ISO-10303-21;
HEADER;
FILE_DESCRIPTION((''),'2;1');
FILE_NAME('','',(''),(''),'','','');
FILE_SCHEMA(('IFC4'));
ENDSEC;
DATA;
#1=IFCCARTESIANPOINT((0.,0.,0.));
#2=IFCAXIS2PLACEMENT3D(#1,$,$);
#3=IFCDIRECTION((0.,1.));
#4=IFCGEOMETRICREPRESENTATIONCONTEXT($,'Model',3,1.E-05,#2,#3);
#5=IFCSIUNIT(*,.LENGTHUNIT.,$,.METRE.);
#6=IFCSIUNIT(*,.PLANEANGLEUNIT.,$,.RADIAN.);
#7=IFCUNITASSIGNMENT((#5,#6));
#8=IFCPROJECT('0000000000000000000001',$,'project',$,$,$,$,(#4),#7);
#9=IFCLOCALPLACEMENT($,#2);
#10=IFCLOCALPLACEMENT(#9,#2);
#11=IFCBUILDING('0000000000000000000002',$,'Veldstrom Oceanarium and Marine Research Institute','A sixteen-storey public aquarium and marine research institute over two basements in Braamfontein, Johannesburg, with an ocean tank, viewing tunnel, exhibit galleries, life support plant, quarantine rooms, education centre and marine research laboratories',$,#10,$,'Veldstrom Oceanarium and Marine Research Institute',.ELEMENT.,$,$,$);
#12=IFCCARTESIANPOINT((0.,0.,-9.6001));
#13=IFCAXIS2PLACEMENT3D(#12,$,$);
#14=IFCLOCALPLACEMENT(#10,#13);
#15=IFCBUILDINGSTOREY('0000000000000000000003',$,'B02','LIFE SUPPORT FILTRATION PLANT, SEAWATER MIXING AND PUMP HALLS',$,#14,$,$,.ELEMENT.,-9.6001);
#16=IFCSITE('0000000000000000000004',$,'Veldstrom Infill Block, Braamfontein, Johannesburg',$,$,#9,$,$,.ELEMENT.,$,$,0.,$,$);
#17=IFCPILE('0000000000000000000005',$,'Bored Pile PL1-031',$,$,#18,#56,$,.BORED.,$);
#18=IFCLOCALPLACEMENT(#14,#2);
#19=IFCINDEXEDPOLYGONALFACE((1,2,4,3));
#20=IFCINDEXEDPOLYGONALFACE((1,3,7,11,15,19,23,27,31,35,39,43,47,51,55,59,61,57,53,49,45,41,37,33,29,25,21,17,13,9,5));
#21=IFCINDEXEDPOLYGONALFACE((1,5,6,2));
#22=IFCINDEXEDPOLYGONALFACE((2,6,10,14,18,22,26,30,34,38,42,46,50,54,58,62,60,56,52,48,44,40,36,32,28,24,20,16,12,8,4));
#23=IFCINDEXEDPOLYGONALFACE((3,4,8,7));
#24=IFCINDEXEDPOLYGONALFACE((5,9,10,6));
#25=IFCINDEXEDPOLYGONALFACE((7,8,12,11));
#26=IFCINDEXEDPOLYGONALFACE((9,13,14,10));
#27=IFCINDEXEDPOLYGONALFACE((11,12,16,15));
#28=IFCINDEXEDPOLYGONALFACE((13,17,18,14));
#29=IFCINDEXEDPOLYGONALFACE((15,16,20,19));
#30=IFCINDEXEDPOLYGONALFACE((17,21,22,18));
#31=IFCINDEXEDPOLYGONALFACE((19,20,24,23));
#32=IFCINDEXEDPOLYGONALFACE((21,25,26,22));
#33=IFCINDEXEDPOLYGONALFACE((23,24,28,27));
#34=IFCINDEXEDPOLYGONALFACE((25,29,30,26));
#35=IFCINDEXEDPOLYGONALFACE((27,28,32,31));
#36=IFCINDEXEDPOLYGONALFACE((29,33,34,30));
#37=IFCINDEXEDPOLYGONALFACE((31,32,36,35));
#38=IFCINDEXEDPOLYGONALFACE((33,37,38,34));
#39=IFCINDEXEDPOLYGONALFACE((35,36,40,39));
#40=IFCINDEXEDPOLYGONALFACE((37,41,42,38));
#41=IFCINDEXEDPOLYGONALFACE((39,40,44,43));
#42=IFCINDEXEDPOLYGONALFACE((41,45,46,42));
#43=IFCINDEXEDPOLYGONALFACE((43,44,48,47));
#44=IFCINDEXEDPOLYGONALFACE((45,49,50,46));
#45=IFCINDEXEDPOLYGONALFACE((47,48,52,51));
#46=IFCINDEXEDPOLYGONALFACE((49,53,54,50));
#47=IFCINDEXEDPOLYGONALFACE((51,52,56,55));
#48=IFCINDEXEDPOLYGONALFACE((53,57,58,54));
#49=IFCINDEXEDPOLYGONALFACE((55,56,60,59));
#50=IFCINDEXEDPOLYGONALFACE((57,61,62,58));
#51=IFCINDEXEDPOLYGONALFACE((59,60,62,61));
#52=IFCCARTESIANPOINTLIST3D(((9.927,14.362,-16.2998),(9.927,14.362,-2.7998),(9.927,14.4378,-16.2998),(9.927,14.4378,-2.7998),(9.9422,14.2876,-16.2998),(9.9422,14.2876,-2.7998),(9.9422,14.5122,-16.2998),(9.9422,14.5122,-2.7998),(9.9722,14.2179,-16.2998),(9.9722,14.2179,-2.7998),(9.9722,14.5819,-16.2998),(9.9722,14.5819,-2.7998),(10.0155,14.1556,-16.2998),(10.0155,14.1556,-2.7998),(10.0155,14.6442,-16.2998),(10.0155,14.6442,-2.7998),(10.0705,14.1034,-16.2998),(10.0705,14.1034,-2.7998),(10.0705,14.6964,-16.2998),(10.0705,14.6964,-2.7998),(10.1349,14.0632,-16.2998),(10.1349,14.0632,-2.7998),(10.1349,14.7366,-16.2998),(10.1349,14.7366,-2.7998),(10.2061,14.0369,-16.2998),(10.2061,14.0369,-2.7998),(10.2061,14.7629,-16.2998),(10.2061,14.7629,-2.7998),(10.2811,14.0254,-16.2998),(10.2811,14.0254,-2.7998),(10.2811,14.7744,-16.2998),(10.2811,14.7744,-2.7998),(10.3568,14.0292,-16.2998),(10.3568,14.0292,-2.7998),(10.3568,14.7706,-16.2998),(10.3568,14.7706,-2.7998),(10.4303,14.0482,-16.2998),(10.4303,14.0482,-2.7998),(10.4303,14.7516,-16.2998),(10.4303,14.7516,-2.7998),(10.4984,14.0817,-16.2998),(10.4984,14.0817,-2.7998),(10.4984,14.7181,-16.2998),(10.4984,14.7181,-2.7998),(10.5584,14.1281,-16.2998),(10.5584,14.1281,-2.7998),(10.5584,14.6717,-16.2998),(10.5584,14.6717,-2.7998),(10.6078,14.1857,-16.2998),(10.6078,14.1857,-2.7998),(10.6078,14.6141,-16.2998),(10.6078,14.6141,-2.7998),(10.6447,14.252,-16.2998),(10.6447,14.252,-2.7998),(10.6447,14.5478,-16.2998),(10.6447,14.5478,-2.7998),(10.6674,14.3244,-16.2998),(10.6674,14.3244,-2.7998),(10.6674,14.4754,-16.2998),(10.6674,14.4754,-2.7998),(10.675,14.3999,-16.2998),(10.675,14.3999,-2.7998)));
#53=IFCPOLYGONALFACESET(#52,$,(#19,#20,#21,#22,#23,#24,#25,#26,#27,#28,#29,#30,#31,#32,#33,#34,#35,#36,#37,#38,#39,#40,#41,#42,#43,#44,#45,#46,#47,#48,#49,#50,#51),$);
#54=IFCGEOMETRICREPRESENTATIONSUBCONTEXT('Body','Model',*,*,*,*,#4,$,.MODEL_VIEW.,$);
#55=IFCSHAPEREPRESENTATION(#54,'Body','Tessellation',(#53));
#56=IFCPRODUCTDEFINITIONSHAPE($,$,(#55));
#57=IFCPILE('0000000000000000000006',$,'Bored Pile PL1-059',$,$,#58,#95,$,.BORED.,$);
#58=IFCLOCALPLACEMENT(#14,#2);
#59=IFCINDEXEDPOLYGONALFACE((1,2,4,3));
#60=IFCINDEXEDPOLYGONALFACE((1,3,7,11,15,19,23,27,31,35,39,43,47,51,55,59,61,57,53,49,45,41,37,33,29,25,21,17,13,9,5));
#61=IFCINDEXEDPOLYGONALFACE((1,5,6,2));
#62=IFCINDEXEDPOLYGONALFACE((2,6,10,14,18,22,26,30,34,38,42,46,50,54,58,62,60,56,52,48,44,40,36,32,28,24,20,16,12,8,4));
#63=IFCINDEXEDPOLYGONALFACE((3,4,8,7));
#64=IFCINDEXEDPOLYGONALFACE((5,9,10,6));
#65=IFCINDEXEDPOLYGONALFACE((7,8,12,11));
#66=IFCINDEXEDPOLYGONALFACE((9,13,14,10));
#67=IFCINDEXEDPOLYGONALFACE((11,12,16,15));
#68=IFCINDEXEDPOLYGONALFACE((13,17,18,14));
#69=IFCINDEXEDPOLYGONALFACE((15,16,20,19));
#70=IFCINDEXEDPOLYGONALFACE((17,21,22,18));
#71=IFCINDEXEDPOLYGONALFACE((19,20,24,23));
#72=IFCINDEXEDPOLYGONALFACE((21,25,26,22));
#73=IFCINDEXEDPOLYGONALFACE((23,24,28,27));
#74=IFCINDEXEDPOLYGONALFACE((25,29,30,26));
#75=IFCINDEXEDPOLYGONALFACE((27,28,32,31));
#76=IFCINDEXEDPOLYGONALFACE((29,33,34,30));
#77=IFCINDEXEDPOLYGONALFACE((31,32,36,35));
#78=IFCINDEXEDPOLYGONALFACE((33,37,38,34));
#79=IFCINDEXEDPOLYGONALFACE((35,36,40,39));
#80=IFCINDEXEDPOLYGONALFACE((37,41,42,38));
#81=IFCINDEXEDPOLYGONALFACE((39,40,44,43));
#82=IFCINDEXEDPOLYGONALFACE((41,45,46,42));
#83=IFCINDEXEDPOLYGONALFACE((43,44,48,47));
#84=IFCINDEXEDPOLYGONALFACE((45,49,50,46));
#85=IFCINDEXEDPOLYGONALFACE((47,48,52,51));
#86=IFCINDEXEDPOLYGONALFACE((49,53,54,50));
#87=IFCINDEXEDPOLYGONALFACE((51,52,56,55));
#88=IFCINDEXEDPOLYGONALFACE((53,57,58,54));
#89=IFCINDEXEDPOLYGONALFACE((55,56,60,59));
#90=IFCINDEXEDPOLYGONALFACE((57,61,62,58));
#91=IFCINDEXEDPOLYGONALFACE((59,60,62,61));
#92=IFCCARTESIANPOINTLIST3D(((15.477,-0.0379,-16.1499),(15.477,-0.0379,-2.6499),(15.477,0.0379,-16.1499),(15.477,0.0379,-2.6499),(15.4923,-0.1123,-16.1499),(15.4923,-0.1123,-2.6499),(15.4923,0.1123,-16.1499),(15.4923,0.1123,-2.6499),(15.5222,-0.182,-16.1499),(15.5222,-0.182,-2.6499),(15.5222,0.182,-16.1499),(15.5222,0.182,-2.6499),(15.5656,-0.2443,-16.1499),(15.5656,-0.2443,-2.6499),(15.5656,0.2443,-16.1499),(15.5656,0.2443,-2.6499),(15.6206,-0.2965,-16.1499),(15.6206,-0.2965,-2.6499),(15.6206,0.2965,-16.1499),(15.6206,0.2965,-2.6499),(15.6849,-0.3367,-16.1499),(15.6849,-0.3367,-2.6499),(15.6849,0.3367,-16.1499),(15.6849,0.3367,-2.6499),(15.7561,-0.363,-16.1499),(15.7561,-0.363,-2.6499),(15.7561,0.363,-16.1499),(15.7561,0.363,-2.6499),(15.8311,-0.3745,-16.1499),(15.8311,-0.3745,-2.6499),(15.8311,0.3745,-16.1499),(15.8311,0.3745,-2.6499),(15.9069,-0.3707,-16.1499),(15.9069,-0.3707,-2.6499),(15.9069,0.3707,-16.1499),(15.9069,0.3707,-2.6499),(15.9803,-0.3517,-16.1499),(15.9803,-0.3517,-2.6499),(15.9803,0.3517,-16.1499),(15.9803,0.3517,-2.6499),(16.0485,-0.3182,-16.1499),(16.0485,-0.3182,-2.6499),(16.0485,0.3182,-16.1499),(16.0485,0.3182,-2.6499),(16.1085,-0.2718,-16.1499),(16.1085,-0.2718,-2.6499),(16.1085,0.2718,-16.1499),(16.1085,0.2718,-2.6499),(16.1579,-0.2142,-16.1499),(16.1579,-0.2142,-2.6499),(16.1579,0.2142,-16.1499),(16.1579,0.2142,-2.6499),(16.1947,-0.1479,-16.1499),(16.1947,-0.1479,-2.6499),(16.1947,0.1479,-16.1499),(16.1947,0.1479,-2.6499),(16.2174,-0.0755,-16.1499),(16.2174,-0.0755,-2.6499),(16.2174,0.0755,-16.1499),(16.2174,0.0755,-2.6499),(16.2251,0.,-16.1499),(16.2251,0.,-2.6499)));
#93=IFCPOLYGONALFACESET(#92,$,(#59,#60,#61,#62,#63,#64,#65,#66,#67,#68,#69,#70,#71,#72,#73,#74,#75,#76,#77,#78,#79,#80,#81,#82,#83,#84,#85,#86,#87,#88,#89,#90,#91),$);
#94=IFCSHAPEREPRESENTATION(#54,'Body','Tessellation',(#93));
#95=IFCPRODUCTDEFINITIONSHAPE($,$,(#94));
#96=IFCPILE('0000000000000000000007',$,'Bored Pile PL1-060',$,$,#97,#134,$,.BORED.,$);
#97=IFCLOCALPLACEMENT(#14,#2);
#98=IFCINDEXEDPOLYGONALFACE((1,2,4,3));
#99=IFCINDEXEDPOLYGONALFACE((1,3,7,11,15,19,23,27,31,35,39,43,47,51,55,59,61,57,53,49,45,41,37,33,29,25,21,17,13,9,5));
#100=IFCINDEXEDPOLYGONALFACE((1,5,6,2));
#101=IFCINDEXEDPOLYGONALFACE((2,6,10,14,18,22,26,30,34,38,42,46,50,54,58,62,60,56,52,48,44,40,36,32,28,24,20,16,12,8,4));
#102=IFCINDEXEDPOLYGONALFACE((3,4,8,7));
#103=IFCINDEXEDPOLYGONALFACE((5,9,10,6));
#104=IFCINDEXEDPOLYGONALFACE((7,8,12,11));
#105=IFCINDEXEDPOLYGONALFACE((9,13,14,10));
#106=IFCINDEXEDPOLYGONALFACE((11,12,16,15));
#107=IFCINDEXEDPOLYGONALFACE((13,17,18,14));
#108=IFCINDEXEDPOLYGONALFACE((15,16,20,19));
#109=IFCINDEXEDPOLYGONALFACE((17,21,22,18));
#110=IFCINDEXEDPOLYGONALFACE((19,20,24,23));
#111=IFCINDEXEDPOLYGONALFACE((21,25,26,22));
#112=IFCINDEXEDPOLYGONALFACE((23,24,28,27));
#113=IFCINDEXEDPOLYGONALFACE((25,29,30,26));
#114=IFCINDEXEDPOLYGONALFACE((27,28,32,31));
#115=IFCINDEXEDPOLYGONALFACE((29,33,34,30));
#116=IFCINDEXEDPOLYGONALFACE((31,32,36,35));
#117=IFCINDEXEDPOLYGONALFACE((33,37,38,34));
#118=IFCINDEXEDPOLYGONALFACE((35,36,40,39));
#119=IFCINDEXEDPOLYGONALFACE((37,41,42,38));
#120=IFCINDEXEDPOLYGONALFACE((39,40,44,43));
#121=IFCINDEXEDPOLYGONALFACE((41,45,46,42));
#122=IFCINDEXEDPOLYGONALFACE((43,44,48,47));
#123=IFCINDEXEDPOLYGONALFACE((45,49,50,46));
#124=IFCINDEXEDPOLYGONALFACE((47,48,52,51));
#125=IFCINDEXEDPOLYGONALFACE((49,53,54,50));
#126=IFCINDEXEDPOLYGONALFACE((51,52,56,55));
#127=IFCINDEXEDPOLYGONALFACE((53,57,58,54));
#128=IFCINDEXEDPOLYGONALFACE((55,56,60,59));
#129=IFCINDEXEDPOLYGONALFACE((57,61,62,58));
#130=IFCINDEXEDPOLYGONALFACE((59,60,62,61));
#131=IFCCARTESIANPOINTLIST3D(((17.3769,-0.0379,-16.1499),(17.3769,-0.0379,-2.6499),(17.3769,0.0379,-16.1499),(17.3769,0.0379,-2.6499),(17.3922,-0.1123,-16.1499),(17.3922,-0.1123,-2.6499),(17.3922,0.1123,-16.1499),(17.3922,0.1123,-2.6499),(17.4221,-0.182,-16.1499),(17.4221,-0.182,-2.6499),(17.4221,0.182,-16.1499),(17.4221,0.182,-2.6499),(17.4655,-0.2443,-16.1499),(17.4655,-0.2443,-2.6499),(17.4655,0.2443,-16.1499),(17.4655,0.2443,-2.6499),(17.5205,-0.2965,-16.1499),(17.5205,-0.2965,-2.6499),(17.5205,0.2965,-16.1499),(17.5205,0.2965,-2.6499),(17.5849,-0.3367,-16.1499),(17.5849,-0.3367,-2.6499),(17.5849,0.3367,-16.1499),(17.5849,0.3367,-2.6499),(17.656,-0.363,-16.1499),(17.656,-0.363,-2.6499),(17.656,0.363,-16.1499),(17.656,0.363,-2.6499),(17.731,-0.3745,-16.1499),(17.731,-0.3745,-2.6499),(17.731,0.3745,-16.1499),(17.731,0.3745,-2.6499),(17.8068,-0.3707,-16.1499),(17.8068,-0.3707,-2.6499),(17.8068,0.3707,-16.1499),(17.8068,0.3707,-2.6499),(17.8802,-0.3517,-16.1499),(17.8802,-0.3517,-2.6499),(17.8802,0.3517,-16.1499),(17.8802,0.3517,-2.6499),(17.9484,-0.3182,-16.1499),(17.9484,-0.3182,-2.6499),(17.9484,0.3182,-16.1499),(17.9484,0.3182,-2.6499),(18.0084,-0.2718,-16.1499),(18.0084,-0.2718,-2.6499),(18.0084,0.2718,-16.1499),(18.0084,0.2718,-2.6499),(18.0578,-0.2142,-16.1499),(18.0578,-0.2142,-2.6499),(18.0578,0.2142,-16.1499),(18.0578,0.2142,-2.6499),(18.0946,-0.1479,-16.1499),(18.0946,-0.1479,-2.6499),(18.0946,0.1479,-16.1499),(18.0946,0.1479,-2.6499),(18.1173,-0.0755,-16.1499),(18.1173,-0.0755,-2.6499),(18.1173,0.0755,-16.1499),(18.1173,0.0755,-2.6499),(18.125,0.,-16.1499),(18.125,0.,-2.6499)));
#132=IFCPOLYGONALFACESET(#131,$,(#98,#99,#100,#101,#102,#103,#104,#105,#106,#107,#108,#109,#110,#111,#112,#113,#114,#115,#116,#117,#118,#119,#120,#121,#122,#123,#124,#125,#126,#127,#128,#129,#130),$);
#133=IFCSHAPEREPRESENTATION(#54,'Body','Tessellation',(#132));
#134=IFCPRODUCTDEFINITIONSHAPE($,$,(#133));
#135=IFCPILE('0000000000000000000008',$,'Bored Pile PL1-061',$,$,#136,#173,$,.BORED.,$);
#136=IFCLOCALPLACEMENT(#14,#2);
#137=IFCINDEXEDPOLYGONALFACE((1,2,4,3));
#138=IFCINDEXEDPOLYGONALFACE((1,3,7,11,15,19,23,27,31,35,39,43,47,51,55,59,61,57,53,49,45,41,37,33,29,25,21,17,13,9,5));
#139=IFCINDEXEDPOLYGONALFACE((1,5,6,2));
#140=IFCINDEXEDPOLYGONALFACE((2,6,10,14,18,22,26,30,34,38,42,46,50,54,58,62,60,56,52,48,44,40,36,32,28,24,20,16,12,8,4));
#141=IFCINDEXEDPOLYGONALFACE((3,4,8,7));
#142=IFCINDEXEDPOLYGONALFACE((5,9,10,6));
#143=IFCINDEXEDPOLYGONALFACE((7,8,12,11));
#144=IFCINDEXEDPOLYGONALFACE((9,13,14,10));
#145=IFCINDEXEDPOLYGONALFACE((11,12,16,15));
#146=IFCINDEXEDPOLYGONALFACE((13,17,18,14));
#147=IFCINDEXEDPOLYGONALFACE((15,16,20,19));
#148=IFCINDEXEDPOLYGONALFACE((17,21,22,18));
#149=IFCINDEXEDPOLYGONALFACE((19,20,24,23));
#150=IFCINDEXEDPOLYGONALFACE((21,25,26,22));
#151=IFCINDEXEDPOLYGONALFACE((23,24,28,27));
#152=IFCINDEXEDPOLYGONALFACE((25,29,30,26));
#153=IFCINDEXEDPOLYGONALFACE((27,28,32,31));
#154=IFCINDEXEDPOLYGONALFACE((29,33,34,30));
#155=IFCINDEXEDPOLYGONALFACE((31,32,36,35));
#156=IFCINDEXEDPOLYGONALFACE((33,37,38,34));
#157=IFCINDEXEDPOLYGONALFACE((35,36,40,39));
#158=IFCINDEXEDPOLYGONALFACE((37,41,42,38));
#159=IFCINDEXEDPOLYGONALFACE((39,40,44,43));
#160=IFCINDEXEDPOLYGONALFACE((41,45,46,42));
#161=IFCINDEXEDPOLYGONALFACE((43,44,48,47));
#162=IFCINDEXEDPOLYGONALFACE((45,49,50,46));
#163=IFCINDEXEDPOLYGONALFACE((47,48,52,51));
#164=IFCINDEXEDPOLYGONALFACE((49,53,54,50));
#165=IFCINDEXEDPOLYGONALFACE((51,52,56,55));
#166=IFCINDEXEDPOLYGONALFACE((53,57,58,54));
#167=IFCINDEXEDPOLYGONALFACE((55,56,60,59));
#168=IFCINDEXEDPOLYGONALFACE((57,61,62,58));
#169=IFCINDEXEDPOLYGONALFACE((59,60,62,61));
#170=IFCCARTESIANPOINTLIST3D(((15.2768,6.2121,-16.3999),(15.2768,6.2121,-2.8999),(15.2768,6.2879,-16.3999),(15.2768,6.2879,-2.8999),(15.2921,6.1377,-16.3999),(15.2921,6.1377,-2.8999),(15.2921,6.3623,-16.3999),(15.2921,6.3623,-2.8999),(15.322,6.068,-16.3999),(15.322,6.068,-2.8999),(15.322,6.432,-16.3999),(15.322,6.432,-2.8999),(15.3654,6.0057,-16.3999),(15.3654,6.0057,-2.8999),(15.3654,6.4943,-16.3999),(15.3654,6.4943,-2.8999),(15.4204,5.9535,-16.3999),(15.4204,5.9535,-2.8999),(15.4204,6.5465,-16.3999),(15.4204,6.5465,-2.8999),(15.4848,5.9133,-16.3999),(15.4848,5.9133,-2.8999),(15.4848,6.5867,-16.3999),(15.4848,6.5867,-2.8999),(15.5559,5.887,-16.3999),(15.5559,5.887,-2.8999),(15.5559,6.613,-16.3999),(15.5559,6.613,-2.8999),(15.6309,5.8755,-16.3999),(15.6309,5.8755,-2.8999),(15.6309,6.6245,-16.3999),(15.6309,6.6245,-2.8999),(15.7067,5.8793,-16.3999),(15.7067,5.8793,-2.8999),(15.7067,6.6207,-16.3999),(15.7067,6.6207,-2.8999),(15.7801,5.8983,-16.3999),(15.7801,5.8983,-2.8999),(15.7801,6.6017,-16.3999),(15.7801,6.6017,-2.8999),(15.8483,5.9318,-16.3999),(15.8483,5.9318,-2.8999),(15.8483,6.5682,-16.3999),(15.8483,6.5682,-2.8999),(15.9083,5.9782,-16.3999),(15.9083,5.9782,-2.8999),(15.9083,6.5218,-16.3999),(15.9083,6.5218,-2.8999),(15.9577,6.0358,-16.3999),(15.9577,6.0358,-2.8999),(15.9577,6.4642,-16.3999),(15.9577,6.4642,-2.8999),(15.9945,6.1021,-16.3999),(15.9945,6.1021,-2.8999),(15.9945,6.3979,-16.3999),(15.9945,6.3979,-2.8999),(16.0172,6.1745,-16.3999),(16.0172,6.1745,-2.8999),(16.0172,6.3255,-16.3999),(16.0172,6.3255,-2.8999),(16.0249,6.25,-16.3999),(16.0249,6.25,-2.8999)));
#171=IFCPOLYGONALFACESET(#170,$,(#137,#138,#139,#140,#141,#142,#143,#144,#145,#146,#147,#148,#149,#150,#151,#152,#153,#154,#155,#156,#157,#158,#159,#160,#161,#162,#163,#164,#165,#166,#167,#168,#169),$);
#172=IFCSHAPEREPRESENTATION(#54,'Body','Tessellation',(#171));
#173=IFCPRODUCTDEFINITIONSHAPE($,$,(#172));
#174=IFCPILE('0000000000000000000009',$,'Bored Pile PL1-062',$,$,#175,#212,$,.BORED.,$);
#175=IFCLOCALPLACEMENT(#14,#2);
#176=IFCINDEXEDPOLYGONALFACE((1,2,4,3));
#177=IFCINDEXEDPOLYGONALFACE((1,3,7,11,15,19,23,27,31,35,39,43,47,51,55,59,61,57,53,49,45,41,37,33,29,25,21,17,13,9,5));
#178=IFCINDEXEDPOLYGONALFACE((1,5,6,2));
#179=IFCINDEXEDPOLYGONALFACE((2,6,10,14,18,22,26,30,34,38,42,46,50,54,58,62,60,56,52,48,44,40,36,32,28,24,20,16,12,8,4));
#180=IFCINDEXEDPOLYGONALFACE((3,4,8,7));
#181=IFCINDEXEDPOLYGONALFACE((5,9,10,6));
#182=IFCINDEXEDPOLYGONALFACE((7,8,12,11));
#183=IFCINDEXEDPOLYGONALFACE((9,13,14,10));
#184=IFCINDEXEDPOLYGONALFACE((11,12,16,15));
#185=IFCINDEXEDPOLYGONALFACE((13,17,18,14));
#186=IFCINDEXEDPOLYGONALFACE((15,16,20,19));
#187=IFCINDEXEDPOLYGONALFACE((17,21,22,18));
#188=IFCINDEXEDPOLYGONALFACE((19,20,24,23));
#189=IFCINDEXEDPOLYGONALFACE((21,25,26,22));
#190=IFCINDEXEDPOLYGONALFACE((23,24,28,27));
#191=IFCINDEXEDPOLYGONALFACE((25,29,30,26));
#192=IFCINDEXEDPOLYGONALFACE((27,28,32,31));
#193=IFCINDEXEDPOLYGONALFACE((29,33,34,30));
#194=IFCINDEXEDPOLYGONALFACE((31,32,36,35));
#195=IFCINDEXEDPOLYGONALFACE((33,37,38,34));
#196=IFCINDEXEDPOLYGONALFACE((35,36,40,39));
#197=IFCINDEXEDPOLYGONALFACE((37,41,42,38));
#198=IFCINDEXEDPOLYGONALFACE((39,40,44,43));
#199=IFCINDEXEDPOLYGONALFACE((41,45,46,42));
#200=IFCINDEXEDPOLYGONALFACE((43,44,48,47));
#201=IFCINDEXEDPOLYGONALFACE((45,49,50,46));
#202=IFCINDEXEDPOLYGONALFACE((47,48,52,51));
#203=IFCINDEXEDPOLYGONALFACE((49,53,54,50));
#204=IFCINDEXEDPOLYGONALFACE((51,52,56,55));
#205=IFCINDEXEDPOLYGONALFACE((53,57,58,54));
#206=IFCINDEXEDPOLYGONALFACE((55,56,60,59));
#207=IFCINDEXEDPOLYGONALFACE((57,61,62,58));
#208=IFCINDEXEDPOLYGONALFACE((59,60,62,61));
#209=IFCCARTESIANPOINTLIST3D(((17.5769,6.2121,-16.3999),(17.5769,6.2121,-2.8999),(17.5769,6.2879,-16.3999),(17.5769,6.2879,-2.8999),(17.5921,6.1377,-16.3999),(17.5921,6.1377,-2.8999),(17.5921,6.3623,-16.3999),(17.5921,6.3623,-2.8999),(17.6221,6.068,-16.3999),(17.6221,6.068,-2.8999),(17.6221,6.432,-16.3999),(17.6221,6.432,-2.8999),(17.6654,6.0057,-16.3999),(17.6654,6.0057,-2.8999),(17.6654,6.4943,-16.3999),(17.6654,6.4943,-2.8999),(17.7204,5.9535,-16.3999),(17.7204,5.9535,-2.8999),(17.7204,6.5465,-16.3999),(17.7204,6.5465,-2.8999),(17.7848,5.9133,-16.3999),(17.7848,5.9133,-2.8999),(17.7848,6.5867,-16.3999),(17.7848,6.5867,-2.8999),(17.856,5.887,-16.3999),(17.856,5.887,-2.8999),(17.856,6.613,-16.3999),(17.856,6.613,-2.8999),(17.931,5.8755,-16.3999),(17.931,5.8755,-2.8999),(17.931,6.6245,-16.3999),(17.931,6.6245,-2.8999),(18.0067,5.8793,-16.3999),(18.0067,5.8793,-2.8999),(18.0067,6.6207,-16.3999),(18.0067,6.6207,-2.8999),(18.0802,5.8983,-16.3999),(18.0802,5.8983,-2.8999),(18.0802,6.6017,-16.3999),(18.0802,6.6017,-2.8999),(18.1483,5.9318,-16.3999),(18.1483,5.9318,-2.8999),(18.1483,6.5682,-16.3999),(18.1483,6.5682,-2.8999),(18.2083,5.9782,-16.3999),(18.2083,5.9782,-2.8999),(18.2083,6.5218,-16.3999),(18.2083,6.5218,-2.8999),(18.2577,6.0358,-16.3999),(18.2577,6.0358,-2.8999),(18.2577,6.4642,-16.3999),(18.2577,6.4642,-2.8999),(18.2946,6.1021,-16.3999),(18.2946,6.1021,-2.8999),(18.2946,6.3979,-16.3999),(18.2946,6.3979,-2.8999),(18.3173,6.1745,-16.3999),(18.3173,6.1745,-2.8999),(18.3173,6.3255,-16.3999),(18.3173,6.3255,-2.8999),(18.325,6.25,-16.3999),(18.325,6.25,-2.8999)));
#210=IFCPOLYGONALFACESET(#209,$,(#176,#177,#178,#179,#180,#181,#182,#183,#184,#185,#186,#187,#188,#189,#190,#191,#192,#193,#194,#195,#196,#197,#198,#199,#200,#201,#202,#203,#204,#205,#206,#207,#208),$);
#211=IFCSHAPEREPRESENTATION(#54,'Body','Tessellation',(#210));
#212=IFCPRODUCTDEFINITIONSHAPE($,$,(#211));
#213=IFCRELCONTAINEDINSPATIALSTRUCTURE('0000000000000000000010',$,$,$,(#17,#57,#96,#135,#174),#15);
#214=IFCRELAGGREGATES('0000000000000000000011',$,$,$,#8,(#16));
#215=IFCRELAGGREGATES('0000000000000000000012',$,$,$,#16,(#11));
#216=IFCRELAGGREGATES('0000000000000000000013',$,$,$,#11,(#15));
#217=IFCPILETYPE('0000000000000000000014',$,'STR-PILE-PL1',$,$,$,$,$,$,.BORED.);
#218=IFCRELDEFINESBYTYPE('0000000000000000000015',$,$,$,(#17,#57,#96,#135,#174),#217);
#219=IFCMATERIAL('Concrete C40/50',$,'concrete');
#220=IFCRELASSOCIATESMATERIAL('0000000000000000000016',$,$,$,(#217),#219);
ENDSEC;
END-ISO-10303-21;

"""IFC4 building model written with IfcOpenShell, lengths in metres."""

from ifc_helpers import new_model, si_unit, direction, frame, origin, origin_2d, place, context, subcontext, project, spatial, circle, extrude, material, material_profile, profile_set, type_object, element, save


model = new_model("IFC4")

# Units and contexts
model_context = context("Model", 3, precision=1e-05, world=origin(), true_north=direction((0.0, 1.0)))
body_context = subcontext(model_context, "Body", "Model", "MODEL_VIEW")
ifc_project = project(units=[si_unit("LENGTHUNIT", "METRE"), si_unit("PLANEANGLEUNIT", "RADIAN")], contexts=[model_context])

# Site, building, storey
site_placement = place(None, origin())
site = spatial("IfcSite", under=ifc_project, at=site_placement, Name="Veldstrom Infill Block, Braamfontein, Johannesburg", CompositionType="ELEMENT", RefElevation=0.0)
building_placement = place(site_placement, origin())
building = spatial("IfcBuilding", under=site, at=building_placement, Name="Veldstrom Oceanarium and Marine Research Institute", Description="A sixteen-storey public aquarium and marine research institute over two basements in Braamfontein, Johannesburg, with an ocean tank, viewing tunnel, exhibit galleries, life support plant, quarantine rooms, education centre and marine research laboratories", LongName="Veldstrom Oceanarium and Marine Research Institute", CompositionType="ELEMENT")
storey_placement = place(building_placement, frame((0.0, 0.0, -9.6001)))
storey = spatial("IfcBuildingStorey", under=building, at=storey_placement, Name="B02", Description="LIFE SUPPORT FILTRATION PLANT, SEAWATER MIXING AND PUMP HALLS", CompositionType="ELEMENT", Elevation=-9.6001)

# Piles
ifc_material_1 = material(Name="Concrete C40/50", Category="concrete")
ifc_material_profile_1 = material_profile(ifc_material_1, circle(Radius=0.375, at=origin_2d()), Name="PILE-D750")
ifc_profile_set_1 = profile_set([ifc_material_profile_1], Name="Concrete C40/50")
pile_type = type_object("IfcPileType", Name="STR-PILE-PL1", PredefinedType="BORED", material=ifc_profile_set_1)
for number, where, z_axis, x_axis, name in (
    (1, (10.3, 14.3999, -2.7998), (0.0, 0.0, -1.0), (1.0, 0.0, 0.0), "Bored Pile PL1-031"),
    (2, (15.8501, 0.0, -2.6499), (0.0, 0.0, -1.0), (1.0, 0.0, 0.0), "Bored Pile PL1-059"),
    (3, (17.75, 0.0, -2.6499), (0.0, 0.0, -1.0), (1.0, 0.0, 0.0), "Bored Pile PL1-060"),
    (4, (15.6499, 6.25, -2.8999), (0.0, 0.0, -1.0), (1.0, 0.0, 0.0), "Bored Pile PL1-061"),
    (5, (17.95, 6.25, -2.8999), (0.0, 0.0, -1.0), (1.0, 0.0, 0.0), "Bored Pile PL1-062"),
):
    element("IfcPile", number, at=place(storey_placement, frame(where, z_axis=z_axis, x_axis=x_axis)), inside=storey, type_object=pile_type, Name=name, PredefinedType="BORED", context=body_context, shape_type="SweptSolid", body=[
        extrude(circle(Radius=0.375, at=origin_2d()), origin(), (0.0, 0.0, 1.0), 13.5),
    ])

save(model, "model.ifc")
